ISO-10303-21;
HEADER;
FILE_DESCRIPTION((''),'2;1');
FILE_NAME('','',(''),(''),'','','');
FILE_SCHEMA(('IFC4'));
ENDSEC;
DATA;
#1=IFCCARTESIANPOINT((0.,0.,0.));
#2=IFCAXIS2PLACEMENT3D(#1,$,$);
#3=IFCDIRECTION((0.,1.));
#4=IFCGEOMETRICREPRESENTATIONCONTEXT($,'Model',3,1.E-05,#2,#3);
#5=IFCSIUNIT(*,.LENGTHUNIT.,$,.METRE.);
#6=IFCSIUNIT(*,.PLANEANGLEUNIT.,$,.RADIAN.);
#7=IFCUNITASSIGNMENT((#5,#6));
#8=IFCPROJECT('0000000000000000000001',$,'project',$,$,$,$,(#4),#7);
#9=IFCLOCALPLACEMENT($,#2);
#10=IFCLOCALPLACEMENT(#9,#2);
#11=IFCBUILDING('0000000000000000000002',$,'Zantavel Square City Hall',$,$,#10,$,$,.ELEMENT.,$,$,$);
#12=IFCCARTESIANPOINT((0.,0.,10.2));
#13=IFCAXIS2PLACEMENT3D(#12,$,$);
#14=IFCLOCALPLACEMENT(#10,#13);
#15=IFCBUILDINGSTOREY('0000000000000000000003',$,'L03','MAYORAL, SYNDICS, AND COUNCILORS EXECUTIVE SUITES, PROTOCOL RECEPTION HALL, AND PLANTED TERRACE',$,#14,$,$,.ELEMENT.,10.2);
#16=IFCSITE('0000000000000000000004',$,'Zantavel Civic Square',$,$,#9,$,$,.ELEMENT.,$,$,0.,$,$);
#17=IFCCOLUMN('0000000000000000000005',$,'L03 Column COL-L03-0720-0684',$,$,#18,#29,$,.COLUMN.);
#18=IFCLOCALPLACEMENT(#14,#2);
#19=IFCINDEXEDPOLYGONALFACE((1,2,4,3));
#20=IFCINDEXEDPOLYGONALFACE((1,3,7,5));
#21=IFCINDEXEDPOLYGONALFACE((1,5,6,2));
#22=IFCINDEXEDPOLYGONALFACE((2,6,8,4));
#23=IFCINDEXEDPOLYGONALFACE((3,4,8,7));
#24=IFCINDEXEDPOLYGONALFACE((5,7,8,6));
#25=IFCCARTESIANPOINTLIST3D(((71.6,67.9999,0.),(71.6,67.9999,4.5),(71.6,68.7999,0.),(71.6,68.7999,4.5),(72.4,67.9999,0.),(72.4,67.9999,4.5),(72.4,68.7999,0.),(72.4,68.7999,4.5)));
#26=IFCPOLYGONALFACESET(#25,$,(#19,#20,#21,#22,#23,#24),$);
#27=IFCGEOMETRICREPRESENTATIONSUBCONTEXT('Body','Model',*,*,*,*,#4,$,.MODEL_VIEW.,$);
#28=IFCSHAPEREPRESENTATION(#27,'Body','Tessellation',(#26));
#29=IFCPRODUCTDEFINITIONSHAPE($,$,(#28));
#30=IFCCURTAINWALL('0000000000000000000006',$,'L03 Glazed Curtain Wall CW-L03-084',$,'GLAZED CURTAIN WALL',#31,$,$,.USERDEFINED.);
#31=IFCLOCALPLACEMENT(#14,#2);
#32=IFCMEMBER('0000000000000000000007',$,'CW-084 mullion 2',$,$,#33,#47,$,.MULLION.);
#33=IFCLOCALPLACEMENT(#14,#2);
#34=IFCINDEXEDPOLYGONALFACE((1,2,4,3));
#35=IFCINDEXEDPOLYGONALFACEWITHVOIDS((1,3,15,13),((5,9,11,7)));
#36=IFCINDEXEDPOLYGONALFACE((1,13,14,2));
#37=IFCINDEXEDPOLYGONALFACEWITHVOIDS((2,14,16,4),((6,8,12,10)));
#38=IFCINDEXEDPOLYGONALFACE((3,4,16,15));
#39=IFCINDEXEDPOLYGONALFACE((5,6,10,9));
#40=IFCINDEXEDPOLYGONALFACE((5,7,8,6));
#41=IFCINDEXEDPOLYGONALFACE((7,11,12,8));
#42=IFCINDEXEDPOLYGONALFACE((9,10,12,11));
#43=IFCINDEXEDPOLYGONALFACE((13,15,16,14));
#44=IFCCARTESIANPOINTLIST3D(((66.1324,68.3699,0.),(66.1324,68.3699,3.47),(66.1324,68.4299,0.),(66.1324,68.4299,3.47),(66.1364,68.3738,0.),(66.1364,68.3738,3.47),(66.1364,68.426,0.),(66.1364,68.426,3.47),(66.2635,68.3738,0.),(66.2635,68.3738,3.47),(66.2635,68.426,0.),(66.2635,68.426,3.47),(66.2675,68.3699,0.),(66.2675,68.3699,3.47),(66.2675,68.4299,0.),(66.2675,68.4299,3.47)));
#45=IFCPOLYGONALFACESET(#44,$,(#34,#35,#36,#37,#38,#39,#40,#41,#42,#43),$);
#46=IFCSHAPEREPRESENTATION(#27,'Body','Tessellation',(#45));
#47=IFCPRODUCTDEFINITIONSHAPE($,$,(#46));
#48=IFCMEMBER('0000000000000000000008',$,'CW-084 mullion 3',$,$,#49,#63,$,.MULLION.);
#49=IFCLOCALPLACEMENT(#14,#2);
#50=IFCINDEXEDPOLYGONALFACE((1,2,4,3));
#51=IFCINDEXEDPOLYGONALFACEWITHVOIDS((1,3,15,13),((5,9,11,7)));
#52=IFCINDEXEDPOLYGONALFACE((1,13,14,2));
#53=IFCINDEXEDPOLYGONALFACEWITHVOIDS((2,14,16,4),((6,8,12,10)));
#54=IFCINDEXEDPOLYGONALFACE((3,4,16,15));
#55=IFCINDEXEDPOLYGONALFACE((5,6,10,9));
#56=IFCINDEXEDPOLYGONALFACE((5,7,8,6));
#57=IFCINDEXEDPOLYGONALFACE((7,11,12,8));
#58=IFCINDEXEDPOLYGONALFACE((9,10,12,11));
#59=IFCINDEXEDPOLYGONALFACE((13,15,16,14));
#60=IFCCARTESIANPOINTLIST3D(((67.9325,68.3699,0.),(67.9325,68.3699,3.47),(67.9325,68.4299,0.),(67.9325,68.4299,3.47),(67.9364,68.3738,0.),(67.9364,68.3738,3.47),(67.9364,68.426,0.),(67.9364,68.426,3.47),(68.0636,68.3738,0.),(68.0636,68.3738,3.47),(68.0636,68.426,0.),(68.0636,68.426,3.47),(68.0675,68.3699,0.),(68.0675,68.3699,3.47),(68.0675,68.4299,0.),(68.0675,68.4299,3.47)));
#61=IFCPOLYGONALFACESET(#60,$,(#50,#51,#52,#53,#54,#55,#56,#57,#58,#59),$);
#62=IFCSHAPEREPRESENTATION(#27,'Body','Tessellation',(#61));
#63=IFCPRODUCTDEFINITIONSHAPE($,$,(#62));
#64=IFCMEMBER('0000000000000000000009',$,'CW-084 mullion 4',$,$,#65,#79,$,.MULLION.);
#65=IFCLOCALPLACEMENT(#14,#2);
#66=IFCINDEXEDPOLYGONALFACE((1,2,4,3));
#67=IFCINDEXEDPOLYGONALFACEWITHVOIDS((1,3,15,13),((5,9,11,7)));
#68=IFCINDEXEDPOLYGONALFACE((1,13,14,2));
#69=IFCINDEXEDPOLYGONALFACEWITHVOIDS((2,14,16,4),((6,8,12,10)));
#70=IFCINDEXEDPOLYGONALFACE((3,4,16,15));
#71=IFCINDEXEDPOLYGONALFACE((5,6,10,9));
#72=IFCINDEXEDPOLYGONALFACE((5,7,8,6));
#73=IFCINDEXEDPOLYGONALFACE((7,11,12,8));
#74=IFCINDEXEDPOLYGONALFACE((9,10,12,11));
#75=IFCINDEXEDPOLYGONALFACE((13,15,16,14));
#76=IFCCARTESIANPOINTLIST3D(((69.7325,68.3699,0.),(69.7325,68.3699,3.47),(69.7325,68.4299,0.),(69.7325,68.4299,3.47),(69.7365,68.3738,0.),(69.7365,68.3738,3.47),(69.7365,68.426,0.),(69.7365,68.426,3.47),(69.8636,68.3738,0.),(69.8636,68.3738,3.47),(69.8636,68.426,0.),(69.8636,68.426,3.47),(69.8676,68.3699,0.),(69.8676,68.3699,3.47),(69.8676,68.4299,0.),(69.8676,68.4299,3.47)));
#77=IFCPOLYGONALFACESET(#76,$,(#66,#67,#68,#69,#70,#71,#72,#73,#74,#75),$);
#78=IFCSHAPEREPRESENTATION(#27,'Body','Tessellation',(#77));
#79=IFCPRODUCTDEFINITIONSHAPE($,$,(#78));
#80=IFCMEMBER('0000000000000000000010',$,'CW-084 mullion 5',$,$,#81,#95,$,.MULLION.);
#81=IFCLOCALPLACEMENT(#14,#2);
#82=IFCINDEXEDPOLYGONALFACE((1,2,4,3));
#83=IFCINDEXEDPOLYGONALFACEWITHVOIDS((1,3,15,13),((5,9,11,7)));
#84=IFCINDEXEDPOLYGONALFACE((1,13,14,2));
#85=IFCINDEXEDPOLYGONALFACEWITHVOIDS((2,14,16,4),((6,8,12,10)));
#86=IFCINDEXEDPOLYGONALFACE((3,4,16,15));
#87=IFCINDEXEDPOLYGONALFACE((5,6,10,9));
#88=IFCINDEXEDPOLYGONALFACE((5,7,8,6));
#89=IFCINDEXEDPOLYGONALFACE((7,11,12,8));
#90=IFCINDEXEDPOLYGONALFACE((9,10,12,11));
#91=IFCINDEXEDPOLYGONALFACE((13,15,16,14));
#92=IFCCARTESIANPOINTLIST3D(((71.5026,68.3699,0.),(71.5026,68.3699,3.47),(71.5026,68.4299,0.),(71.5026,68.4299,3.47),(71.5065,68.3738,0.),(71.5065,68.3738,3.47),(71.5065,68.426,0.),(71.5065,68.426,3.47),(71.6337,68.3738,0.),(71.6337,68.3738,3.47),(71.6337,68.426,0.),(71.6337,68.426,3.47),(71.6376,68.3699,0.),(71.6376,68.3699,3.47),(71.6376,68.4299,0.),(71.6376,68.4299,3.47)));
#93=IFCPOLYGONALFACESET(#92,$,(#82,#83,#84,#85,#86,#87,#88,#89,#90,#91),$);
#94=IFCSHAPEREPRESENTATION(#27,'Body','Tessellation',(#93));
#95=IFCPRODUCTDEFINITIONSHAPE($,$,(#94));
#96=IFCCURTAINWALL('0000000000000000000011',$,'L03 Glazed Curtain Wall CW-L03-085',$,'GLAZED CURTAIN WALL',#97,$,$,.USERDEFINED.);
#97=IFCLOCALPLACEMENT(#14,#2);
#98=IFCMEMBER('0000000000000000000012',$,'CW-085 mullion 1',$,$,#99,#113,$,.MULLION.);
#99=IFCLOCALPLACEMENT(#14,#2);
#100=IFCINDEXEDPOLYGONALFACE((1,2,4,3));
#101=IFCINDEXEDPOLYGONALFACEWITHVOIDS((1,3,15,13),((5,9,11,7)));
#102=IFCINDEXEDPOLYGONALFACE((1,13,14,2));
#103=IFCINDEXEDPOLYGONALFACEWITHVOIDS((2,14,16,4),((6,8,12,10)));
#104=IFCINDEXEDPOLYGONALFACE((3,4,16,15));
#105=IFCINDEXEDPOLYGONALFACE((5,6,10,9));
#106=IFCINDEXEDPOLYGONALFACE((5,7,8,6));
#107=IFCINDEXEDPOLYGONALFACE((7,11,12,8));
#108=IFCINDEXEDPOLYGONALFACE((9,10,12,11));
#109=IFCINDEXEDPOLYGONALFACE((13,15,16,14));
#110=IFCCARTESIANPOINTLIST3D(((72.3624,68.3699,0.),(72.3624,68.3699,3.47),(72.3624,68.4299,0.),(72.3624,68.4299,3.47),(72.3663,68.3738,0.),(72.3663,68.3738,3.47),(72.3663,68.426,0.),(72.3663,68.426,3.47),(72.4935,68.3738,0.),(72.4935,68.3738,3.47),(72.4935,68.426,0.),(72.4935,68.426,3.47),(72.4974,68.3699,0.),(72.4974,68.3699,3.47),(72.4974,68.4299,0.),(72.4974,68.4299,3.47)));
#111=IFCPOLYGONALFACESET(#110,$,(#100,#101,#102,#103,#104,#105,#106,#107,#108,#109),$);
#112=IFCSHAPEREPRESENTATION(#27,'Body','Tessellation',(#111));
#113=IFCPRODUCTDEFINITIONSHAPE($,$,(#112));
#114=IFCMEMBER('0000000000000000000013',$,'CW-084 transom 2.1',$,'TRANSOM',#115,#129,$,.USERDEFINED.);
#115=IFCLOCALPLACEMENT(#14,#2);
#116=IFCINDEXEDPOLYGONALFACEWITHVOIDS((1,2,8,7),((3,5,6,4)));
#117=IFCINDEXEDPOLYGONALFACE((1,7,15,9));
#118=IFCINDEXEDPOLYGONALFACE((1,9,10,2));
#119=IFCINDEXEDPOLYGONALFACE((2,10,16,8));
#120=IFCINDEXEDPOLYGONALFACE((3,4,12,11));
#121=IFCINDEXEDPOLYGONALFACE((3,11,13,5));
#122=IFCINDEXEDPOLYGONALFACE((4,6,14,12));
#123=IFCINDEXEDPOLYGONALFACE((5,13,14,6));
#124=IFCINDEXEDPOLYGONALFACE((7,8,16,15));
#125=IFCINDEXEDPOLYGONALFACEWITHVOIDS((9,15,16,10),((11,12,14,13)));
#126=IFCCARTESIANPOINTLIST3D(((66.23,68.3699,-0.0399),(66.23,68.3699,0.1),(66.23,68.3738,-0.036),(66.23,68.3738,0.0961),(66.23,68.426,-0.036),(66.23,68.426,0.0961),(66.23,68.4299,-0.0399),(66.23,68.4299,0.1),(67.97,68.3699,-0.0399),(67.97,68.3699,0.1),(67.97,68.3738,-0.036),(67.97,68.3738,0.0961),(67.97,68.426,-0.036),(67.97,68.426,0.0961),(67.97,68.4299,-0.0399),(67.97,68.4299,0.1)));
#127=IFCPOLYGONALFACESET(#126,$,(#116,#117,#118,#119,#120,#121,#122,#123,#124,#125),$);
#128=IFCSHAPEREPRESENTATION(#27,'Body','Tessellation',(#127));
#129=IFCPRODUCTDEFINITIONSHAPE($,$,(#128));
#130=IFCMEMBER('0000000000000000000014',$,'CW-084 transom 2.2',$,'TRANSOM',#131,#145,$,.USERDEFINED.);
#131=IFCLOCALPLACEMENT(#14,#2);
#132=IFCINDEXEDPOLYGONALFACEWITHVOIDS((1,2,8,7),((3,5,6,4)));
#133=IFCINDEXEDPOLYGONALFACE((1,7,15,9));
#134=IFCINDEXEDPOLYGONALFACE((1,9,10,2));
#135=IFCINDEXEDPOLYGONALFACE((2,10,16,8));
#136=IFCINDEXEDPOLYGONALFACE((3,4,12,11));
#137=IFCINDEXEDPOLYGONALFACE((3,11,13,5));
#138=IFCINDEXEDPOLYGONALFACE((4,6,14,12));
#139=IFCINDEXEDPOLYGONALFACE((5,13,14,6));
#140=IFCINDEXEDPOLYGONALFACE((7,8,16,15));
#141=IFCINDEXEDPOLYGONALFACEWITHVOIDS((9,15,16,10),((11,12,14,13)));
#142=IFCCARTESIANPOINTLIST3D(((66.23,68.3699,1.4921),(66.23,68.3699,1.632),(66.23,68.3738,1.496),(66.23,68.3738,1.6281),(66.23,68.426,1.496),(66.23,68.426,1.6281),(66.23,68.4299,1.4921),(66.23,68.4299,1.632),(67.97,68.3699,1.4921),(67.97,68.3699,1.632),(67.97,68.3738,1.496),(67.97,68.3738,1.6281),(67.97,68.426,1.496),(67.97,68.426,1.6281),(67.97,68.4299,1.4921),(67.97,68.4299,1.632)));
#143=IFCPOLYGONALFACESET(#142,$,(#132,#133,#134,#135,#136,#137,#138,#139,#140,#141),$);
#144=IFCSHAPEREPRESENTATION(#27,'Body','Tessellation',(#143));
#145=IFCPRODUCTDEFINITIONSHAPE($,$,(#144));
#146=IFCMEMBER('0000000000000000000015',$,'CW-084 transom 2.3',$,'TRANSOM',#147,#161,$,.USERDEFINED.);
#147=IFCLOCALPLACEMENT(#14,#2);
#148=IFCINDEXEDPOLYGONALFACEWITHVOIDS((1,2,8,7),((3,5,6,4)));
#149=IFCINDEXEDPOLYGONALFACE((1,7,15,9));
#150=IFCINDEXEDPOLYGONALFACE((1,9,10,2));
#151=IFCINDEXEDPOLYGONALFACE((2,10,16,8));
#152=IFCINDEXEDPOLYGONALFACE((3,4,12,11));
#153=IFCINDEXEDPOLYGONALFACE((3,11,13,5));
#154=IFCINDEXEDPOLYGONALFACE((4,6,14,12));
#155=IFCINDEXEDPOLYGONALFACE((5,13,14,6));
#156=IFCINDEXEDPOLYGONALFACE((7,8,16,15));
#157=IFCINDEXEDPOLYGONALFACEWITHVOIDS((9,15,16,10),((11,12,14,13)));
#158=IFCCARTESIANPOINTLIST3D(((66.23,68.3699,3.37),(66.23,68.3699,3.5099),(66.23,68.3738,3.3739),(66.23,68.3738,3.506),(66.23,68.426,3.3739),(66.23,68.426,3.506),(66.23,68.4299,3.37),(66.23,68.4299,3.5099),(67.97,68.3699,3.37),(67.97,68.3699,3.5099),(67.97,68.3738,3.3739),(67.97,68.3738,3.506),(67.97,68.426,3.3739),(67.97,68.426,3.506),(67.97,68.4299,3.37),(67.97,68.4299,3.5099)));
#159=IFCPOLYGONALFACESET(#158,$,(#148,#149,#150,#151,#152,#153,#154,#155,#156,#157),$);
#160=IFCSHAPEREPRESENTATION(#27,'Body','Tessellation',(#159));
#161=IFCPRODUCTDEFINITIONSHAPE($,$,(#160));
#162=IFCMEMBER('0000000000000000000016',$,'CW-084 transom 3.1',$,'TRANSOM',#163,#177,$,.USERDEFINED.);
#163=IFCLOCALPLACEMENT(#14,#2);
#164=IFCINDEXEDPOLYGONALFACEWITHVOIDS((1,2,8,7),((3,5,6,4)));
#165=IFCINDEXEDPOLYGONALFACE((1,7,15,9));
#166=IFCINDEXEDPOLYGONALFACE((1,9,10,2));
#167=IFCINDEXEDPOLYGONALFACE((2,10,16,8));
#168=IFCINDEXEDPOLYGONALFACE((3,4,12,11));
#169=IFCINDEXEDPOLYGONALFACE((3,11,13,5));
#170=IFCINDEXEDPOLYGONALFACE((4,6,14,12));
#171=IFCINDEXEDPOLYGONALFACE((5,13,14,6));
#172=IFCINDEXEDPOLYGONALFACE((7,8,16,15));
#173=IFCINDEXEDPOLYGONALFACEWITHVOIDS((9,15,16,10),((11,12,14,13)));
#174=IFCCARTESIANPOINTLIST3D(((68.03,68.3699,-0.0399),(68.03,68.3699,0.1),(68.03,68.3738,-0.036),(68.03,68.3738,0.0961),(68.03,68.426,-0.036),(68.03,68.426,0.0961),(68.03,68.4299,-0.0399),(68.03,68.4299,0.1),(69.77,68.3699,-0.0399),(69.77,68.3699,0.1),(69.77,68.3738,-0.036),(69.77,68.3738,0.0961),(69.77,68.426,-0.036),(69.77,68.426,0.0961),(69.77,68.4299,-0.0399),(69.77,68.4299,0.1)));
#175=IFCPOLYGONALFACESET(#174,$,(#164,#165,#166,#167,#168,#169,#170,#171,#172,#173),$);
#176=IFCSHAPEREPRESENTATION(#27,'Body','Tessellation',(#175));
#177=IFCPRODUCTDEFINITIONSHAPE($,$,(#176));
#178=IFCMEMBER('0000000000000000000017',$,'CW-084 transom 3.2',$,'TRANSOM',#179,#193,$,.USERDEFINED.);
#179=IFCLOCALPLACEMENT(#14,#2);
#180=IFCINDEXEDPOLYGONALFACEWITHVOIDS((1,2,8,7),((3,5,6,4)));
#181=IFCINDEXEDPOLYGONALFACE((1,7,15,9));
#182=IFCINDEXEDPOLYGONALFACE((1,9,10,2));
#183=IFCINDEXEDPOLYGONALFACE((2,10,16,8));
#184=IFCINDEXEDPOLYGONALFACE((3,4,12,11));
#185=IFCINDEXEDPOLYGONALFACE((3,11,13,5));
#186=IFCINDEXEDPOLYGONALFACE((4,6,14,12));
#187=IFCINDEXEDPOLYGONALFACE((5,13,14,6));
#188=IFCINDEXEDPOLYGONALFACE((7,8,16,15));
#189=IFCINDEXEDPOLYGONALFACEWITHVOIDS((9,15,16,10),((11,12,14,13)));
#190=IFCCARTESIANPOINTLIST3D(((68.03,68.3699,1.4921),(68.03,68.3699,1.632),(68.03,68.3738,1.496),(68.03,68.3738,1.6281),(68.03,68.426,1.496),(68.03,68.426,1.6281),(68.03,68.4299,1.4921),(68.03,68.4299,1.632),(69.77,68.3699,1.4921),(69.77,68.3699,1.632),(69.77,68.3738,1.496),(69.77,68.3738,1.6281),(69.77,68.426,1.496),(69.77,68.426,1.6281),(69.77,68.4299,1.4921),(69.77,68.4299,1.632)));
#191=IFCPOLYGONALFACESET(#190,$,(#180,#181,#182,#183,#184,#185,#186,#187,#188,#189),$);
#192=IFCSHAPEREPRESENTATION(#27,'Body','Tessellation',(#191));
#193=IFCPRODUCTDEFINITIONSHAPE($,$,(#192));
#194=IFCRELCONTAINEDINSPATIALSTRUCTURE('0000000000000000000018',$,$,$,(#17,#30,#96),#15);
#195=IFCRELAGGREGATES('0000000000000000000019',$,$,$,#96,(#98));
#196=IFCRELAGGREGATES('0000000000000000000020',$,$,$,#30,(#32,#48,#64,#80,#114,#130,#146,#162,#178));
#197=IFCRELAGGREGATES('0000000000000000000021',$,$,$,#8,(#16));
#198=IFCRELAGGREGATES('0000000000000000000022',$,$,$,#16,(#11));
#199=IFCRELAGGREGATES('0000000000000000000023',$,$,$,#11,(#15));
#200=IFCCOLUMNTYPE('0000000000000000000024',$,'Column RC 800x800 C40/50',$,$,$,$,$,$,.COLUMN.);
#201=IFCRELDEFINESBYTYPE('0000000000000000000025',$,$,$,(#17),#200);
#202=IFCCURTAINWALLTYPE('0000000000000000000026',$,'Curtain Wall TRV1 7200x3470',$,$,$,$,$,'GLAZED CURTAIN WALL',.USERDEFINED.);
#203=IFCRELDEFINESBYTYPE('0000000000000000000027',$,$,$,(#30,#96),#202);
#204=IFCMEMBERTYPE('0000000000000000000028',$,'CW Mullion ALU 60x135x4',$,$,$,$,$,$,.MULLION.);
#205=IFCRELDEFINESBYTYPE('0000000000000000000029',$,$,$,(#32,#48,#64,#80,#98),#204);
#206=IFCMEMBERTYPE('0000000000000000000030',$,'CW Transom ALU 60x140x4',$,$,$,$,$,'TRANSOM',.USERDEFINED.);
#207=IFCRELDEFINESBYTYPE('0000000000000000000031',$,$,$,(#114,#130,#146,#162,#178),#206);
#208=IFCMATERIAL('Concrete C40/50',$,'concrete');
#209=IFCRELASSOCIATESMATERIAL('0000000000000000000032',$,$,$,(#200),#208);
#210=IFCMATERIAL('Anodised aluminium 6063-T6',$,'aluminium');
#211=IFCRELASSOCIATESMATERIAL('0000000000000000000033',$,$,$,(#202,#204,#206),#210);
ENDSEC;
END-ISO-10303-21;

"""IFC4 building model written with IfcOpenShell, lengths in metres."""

from ifc_helpers import new_model, si_unit, direction, frame, origin, origin_2d, place, context, subcontext, project, spatial, rectangle, hollow_rectangle, extrude, material, material_profile, profile_set, type_object, element, aggregate, save


model = new_model("IFC4")

# Units and contexts
model_context = context("Model", 3, precision=1e-05, world=origin(), true_north=direction((0.0, 1.0)))
body_context = subcontext(model_context, "Body", "Model", "MODEL_VIEW")
ifc_project = project(units=[si_unit("LENGTHUNIT", "METRE"), si_unit("PLANEANGLEUNIT", "RADIAN")], contexts=[model_context])

# Site, building, storey
site_placement = place(None, origin())
site = spatial("IfcSite", under=ifc_project, at=site_placement, Name="Zantavel Civic Square", CompositionType="ELEMENT", RefElevation=0.0)
building_placement = place(site_placement, origin())
building = spatial("IfcBuilding", under=site, at=building_placement, Name="Zantavel Square City Hall", CompositionType="ELEMENT")
storey_placement = place(building_placement, frame((0.0, 0.0, 10.2)))
storey = spatial("IfcBuildingStorey", under=building, at=storey_placement, Name="L03", Description="MAYORAL, SYNDICS, AND COUNCILORS EXECUTIVE SUITES, PROTOCOL RECEPTION HALL, AND PLANTED TERRACE", CompositionType="ELEMENT", Elevation=10.2)

# Column
ifc_material_1 = material(Name="Concrete C40/50", Category="concrete")
ifc_material_profile_1 = material_profile(ifc_material_1, rectangle(XDim=0.8, YDim=0.8, at=origin_2d()), Name="RC 800x800")
ifc_profile_set_1 = profile_set([ifc_material_profile_1], Name="Concrete C40/50")
column_type = type_object("IfcColumnType", Name="Column RC 800x800 C40/50", PredefinedType="COLUMN", material=ifc_profile_set_1)
column_placement = place(storey_placement, frame((72.0, 68.3999, 0.0), z_axis=(0.0, 0.0, 1.0), x_axis=(1.0, 0.0, 0.0)))
element("IfcColumn", 1, at=column_placement, inside=storey, type_object=column_type, Name="L03 Column COL-L03-0720-0684", PredefinedType="COLUMN", context=body_context, shape_type="SweptSolid", body=[
    extrude(rectangle(XDim=0.8, YDim=0.8, at=origin_2d()), origin(), (0.0, 0.0, 1.0), 4.5),
])

# Curtain wall, members
ifc_material_2 = material(Name="Anodised aluminium 6063-T6", Category="aluminium")
curtain_wall_type = type_object("IfcCurtainWallType", Name="Curtain Wall TRV1 7200x3470", ElementType="GLAZED CURTAIN WALL", PredefinedType="USERDEFINED", material=ifc_material_2)
curtain_wall_1_placement = place(storey_placement, origin())
curtain_wall_1 = element("IfcCurtainWall", 2, at=curtain_wall_1_placement, inside=storey, type_object=curtain_wall_type, Name="L03 Glazed Curtain Wall CW-L03-084", ObjectType="GLAZED CURTAIN WALL", PredefinedType="USERDEFINED")
ifc_material_profile_2 = material_profile(ifc_material_2, hollow_rectangle(XDim=0.0601, YDim=0.135, WallThickness=0.0039, at=origin_2d()), Name="ALU 60x135x4")
ifc_profile_set_2 = profile_set([ifc_material_profile_2], Name="Anodised aluminium 6063-T6")
member_type_1 = type_object("IfcMemberType", Name="CW Mullion ALU 60x135x4", PredefinedType="MULLION", material=ifc_profile_set_2)
member_1_placement = place(storey_placement, frame((66.2, 68.3999, 0.0), z_axis=(0.0, 0.0, 1.0), x_axis=(0.0, 1.0, 0.0)))
member_1 = element("IfcMember", 3, at=member_1_placement, type_object=member_type_1, Name="CW-084 mullion 2", PredefinedType="MULLION", context=body_context, shape_type="SweptSolid", body=[
    extrude(hollow_rectangle(XDim=0.0601, YDim=0.135, WallThickness=0.0039, at=origin_2d()), origin(), (0.0, 0.0, 1.0), 3.47),
])
member_2_placement = place(storey_placement, frame((68.0, 68.3999, 0.0), z_axis=(0.0, 0.0, 1.0), x_axis=(0.0, 1.0, 0.0)))
member_2 = element("IfcMember", 4, at=member_2_placement, type_object=member_type_1, Name="CW-084 mullion 3", PredefinedType="MULLION", context=body_context, shape_type="SweptSolid", body=[
    extrude(hollow_rectangle(XDim=0.0601, YDim=0.135, WallThickness=0.0039, at=origin_2d()), origin(), (0.0, 0.0, 1.0), 3.47),
])
member_3_placement = place(storey_placement, frame((69.8, 68.3999, 0.0), z_axis=(0.0, 0.0, 1.0), x_axis=(0.0, 1.0, 0.0)))
member_3 = element("IfcMember", 5, at=member_3_placement, type_object=member_type_1, Name="CW-084 mullion 4", PredefinedType="MULLION", context=body_context, shape_type="SweptSolid", body=[
    extrude(hollow_rectangle(XDim=0.0601, YDim=0.135, WallThickness=0.0039, at=origin_2d()), origin(), (0.0, 0.0, 1.0), 3.47),
])
member_4_placement = place(storey_placement, frame((71.5701, 68.3999, 0.0), z_axis=(0.0, 0.0, 1.0), x_axis=(0.0, 1.0, 0.0)))
member_4 = element("IfcMember", 6, at=member_4_placement, type_object=member_type_1, Name="CW-084 mullion 5", PredefinedType="MULLION", context=body_context, shape_type="SweptSolid", body=[
    extrude(hollow_rectangle(XDim=0.0601, YDim=0.135, WallThickness=0.0039, at=origin_2d()), origin(), (0.0, 0.0, 1.0), 3.47),
])

# Curtain wall, member
curtain_wall_2_placement = place(storey_placement, origin())
curtain_wall_2 = element("IfcCurtainWall", 7, at=curtain_wall_2_placement, inside=storey, type_object=curtain_wall_type, Name="L03 Glazed Curtain Wall CW-L03-085", ObjectType="GLAZED CURTAIN WALL", PredefinedType="USERDEFINED")
member_5_placement = place(storey_placement, frame((72.4299, 68.3999, 0.0), z_axis=(0.0, 0.0, 1.0), x_axis=(0.0, 1.0, 0.0)))
member_5 = element("IfcMember", 8, at=member_5_placement, type_object=member_type_1, Name="CW-085 mullion 1", PredefinedType="MULLION", context=body_context, shape_type="SweptSolid", body=[
    extrude(hollow_rectangle(XDim=0.0601, YDim=0.135, WallThickness=0.0039, at=origin_2d()), origin(), (0.0, 0.0, 1.0), 3.47),
])

# Members
ifc_material_profile_3 = material_profile(ifc_material_2, hollow_rectangle(XDim=0.0601, YDim=0.1399, WallThickness=0.0039, at=origin_2d()), Name="ALU 60x140x4")
ifc_profile_set_3 = profile_set([ifc_material_profile_3], Name="Anodised aluminium 6063-T6")
member_type_2 = type_object("IfcMemberType", Name="CW Transom ALU 60x140x4", ElementType="TRANSOM", PredefinedType="USERDEFINED", material=ifc_profile_set_3)
member_6_placement = place(storey_placement, frame((66.23, 68.3999, 0.03), z_axis=(1.0, 0.0, 0.0), x_axis=(0.0, 1.0, 0.0)))
member_6 = element("IfcMember", 9, at=member_6_placement, type_object=member_type_2, Name="CW-084 transom 2.1", ObjectType="TRANSOM", PredefinedType="USERDEFINED", context=body_context, shape_type="SweptSolid", body=[
    extrude(hollow_rectangle(XDim=0.0601, YDim=0.1399, WallThickness=0.0039, at=origin_2d()), origin(), (0.0, 0.0, 1.0), 1.74),
])
member_7_placement = place(storey_placement, frame((66.23, 68.3999, 1.562), z_axis=(1.0, 0.0, 0.0), x_axis=(0.0, 1.0, 0.0)))
member_7 = element("IfcMember", 10, at=member_7_placement, type_object=member_type_2, Name="CW-084 transom 2.2", ObjectType="TRANSOM", PredefinedType="USERDEFINED", context=body_context, shape_type="SweptSolid", body=[
    extrude(hollow_rectangle(XDim=0.0601, YDim=0.1399, WallThickness=0.0039, at=origin_2d()), origin(), (0.0, 0.0, 1.0), 1.74),
])
member_8_placement = place(storey_placement, frame((66.23, 68.3999, 3.4399), z_axis=(1.0, 0.0, 0.0), x_axis=(0.0, 1.0, 0.0)))
member_8 = element("IfcMember", 11, at=member_8_placement, type_object=member_type_2, Name="CW-084 transom 2.3", ObjectType="TRANSOM", PredefinedType="USERDEFINED", context=body_context, shape_type="SweptSolid", body=[
    extrude(hollow_rectangle(XDim=0.0601, YDim=0.1399, WallThickness=0.0039, at=origin_2d()), origin(), (0.0, 0.0, 1.0), 1.74),
])
member_9_placement = place(storey_placement, frame((68.03, 68.3999, 0.03), z_axis=(1.0, 0.0, 0.0), x_axis=(0.0, 1.0, 0.0)))
member_9 = element("IfcMember", 12, at=member_9_placement, type_object=member_type_2, Name="CW-084 transom 3.1", ObjectType="TRANSOM", PredefinedType="USERDEFINED", context=body_context, shape_type="SweptSolid", body=[
    extrude(hollow_rectangle(XDim=0.0601, YDim=0.1399, WallThickness=0.0039, at=origin_2d()), origin(), (0.0, 0.0, 1.0), 1.74),
])
member_10_placement = place(storey_placement, frame((68.03, 68.3999, 1.562), z_axis=(1.0, 0.0, 0.0), x_axis=(0.0, 1.0, 0.0)))
member_10 = element("IfcMember", 13, at=member_10_placement, type_object=member_type_2, Name="CW-084 transom 3.2", ObjectType="TRANSOM", PredefinedType="USERDEFINED", context=body_context, shape_type="SweptSolid", body=[
    extrude(hollow_rectangle(XDim=0.0601, YDim=0.1399, WallThickness=0.0039, at=origin_2d()), origin(), (0.0, 0.0, 1.0), 1.74),
])
aggregate(curtain_wall_2, [member_5])

aggregate(curtain_wall_1, [member_1, member_2, member_3, member_4, member_6, member_7, member_8, member_9, member_10])

save(model, "model.ifc")
